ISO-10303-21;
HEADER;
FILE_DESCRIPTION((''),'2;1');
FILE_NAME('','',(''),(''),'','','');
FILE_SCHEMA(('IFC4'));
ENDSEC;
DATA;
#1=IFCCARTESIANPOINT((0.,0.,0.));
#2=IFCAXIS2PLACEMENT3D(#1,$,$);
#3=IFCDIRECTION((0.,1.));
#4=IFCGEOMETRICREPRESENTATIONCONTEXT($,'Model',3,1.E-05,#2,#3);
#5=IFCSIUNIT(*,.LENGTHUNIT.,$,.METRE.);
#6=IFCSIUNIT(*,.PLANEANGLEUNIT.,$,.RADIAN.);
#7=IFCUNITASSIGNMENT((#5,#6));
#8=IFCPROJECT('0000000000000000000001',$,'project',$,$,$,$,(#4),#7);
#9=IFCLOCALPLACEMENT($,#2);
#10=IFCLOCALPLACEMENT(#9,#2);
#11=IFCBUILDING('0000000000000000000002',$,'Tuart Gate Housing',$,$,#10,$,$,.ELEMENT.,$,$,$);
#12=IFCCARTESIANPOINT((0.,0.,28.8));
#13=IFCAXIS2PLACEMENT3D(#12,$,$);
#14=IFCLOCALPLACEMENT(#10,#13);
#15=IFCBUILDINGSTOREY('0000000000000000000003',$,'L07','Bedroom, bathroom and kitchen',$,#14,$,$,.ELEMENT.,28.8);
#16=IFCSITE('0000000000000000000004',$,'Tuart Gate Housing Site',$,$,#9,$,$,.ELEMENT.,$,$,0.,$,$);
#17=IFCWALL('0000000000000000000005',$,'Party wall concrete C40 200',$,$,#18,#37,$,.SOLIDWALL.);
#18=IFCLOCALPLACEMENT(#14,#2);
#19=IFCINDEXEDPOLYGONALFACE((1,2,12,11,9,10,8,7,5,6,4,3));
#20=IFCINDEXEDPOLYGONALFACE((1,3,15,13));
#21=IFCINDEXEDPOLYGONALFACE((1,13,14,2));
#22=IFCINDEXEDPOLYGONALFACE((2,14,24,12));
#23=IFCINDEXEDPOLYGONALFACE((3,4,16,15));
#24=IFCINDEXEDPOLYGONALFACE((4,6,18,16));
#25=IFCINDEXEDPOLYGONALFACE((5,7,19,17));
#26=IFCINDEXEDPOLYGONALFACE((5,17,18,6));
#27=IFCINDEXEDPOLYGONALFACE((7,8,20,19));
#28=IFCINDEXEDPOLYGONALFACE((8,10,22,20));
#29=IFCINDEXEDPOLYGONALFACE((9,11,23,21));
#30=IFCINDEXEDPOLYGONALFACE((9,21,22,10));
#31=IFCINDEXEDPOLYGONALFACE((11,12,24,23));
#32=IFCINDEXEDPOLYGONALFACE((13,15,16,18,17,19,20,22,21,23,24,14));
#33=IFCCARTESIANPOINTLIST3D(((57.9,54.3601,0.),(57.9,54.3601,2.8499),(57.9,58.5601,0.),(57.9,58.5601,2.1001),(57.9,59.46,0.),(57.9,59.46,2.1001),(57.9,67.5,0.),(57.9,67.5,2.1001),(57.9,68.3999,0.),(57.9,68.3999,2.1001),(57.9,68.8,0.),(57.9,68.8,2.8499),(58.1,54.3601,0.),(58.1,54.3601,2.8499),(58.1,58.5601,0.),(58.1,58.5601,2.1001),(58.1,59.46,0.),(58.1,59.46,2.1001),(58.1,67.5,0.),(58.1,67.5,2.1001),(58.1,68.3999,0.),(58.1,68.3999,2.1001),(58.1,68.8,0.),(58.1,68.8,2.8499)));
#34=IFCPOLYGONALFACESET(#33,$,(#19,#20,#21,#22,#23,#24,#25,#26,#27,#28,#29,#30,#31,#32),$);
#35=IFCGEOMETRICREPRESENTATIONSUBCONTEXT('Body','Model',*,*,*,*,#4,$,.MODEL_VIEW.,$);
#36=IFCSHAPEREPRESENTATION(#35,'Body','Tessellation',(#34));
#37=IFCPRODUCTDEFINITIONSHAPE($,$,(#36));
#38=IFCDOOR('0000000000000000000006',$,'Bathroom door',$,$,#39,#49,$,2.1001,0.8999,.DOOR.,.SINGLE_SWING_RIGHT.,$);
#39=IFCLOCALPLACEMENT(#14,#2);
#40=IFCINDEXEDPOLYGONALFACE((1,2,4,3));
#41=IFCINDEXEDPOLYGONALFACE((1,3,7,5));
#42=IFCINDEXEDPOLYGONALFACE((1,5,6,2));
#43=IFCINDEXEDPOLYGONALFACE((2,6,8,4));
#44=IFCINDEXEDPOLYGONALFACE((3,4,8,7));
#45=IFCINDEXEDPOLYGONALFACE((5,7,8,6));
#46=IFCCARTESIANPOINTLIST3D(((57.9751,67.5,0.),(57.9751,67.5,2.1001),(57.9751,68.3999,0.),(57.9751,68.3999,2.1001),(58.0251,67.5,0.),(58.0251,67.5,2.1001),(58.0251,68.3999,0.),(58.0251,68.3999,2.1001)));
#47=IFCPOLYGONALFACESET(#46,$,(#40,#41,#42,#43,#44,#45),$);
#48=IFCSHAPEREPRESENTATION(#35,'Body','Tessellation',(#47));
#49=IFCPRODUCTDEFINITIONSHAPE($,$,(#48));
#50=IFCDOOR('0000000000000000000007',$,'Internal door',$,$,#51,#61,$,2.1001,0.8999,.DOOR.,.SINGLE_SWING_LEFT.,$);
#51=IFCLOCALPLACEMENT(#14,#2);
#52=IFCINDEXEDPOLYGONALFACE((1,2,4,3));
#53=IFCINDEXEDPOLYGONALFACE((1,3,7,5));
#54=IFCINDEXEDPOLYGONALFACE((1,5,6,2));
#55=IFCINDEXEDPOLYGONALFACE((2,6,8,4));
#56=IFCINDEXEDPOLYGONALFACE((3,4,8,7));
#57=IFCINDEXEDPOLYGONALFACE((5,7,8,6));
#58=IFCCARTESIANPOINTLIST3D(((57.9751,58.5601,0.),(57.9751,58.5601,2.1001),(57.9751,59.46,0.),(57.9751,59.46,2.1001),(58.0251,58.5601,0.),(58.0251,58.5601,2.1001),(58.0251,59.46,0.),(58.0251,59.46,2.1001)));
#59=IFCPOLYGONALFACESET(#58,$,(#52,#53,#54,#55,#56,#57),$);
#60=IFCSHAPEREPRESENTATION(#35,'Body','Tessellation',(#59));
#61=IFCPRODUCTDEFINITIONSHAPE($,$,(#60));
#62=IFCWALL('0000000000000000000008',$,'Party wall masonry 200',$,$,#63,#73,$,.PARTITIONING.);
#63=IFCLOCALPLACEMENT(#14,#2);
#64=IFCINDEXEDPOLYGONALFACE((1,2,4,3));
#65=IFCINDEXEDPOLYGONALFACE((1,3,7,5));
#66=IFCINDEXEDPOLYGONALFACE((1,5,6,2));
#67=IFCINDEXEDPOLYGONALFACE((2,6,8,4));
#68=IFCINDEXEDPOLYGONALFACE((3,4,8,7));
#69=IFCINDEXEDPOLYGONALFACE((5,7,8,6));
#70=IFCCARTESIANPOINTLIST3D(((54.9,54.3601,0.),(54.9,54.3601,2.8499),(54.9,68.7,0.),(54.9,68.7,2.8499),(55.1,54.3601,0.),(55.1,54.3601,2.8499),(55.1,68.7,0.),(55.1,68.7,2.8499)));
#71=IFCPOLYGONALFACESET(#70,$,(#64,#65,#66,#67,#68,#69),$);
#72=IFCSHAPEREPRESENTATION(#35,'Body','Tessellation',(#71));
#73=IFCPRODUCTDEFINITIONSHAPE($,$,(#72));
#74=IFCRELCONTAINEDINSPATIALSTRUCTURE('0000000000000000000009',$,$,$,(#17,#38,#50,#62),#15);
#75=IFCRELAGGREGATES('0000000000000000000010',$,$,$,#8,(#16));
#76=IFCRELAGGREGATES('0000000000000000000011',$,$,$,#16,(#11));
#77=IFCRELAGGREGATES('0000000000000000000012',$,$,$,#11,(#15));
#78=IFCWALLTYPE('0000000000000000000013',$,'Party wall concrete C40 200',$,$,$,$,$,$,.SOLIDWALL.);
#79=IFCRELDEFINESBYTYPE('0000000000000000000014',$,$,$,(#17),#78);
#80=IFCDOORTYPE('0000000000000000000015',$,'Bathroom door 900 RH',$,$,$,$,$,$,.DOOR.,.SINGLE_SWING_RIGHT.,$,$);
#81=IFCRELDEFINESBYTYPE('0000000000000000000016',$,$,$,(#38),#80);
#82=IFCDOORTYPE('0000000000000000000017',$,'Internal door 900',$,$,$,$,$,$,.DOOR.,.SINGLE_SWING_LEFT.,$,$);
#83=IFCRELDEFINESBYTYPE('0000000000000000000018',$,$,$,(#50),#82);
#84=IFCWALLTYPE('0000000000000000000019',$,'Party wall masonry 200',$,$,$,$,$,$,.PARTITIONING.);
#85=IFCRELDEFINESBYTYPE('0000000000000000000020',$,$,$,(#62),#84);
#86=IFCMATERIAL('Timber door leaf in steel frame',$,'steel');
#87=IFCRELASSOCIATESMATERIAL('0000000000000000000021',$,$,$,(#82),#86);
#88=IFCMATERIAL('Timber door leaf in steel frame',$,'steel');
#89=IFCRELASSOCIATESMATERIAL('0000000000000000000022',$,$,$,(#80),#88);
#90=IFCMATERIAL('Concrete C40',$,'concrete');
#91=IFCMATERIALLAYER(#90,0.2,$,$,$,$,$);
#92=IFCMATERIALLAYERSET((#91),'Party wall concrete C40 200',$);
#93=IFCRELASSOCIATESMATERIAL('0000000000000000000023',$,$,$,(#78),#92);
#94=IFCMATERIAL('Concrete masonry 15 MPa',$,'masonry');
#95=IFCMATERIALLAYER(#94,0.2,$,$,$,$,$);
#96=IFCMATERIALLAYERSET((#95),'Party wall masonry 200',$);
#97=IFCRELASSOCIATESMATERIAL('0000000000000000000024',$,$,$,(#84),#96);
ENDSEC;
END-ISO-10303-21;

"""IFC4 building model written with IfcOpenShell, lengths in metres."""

from ifc_helpers import new_model, si_unit, direction, frame, frame_2d, origin, place, context, subcontext, project, spatial, rectangle, extrude, material, layer, layer_set, type_object, element, fill, save


model = new_model("IFC4")

# Units and contexts
model_context = context("Model", 3, precision=1e-05, world=origin(), true_north=direction((0.0, 1.0)))
body_context = subcontext(model_context, "Body", "Model", "MODEL_VIEW")
ifc_project = project(units=[si_unit("LENGTHUNIT", "METRE"), si_unit("PLANEANGLEUNIT", "RADIAN")], contexts=[model_context])

# Site, building, storey
site_placement = place(None, origin())
site = spatial("IfcSite", under=ifc_project, at=site_placement, Name="Tuart Gate Housing Site", CompositionType="ELEMENT", RefElevation=0.0)
building_placement = place(site_placement, origin())
building = spatial("IfcBuilding", under=site, at=building_placement, Name="Tuart Gate Housing", CompositionType="ELEMENT")
storey_placement = place(building_placement, frame((0.0, 0.0, 28.8)))
storey = spatial("IfcBuildingStorey", under=building, at=storey_placement, Name="L07", Description="Bedroom, bathroom and kitchen", CompositionType="ELEMENT", Elevation=28.8)

# Shared definitions
ifc_material_1 = material(Name="Timber door leaf in steel frame", Category="steel")
door_type_1 = type_object("IfcDoorType", Name="Internal door 900", OperationType="SINGLE_SWING_LEFT", PredefinedType="DOOR", material=ifc_material_1)

# Shared definitions
ifc_material_2 = material(Name="Timber door leaf in steel frame", Category="steel")
door_type_2 = type_object("IfcDoorType", Name="Bathroom door 900 RH", OperationType="SINGLE_SWING_RIGHT", PredefinedType="DOOR", material=ifc_material_2)

# Shared definitions
ifc_material_3 = material(Name="Concrete C40", Category="concrete")
ifc_layer_1 = layer(ifc_material_3, 0.2)
ifc_layer_set_1 = layer_set([ifc_layer_1], Name="Party wall concrete C40 200")
wall_type_1 = type_object("IfcWallType", Name="Party wall concrete C40 200", PredefinedType="SOLIDWALL", material=ifc_layer_set_1)

# Wall, openings, doors
wall_1_placement = place(storey_placement, frame((58.0, 54.3601, 0.0), z_axis=(0.0, 0.0, 1.0), x_axis=(0.0, 1.0, 0.0)))
wall_1 = element("IfcWall", 1, at=wall_1_placement, inside=storey, type_object=wall_type_1, Name="Party wall concrete C40 200", PredefinedType="SOLIDWALL", context=body_context, shape_type="SweptSolid", body=[
    extrude(rectangle(XDim=14.4399, YDim=0.2, at=frame_2d((7.22, 0.0))), origin(), (0.0, 0.0, 1.0), 2.8499),
])
opening_1_placement = place(wall_1_placement, frame((4.2, 0.0, 0.0)))
opening_1 = element("IfcOpeningElement", 2, at=opening_1_placement, cuts=wall_1, PredefinedType="OPENING", context=body_context, shape_type="SweptSolid", body=[
    extrude(rectangle(XDim=0.8999, YDim=2.1001, at=frame_2d((0.45, 1.05))), frame((0.0, 0.1099, 0.0), z_axis=(0.0, -1.0, 0.0), x_axis=(1.0, 0.0, 0.0)), (0.0, 0.0, 1.0), 0.22),
])
opening_2_placement = place(wall_1_placement, frame((13.1399, 0.0, 0.0)))
opening_2 = element("IfcOpeningElement", 3, at=opening_2_placement, cuts=wall_1, PredefinedType="OPENING", context=body_context, shape_type="SweptSolid", body=[
    extrude(rectangle(XDim=0.8999, YDim=2.1001, at=frame_2d((0.45, 1.05))), frame((0.0, 0.1099, 0.0), z_axis=(0.0, -1.0, 0.0), x_axis=(1.0, 0.0, 0.0)), (0.0, 0.0, 1.0), 0.22),
])
door_1_placement = place(opening_2_placement, origin())
door_1 = element("IfcDoor", 4, at=door_1_placement, inside=storey, type_object=door_type_2, Name="Bathroom door", OperationType="SINGLE_SWING_RIGHT", OverallHeight=2.1001, OverallWidth=0.8999, PredefinedType="DOOR", context=body_context, shape_type="SweptSolid", body=[
    extrude(rectangle(XDim=0.8999, YDim=2.1001, at=frame_2d((0.45, 1.05))), frame((0.0, 0.0249, 0.0), z_axis=(0.0, -1.0, 0.0), x_axis=(1.0, 0.0, 0.0)), (0.0, 0.0, 1.0), 0.05),
])
fill(opening_2, door_1)
door_2_placement = place(opening_1_placement, origin())
door_2 = element("IfcDoor", 5, at=door_2_placement, inside=storey, type_object=door_type_1, Name="Internal door", OperationType="SINGLE_SWING_LEFT", OverallHeight=2.1001, OverallWidth=0.8999, PredefinedType="DOOR", context=body_context, shape_type="SweptSolid", body=[
    extrude(rectangle(XDim=0.8999, YDim=2.1001, at=frame_2d((0.45, 1.05))), frame((0.0, 0.0249, 0.0), z_axis=(0.0, -1.0, 0.0), x_axis=(1.0, 0.0, 0.0)), (0.0, 0.0, 1.0), 0.05),
])
fill(opening_1, door_2)

# Wall
ifc_material_4 = material(Name="Concrete masonry 15 MPa", Category="masonry")
ifc_layer_2 = layer(ifc_material_4, 0.2)
ifc_layer_set_2 = layer_set([ifc_layer_2], Name="Party wall masonry 200")
wall_type_2 = type_object("IfcWallType", Name="Party wall masonry 200", PredefinedType="PARTITIONING", material=ifc_layer_set_2)
wall_2_placement = place(storey_placement, frame((55.0, 54.3601, 0.0), z_axis=(0.0, 0.0, 1.0), x_axis=(0.0, 1.0, 0.0)))
element("IfcWall", 6, at=wall_2_placement, inside=storey, type_object=wall_type_2, Name="Party wall masonry 200", PredefinedType="PARTITIONING", context=body_context, shape_type="SweptSolid", body=[
    extrude(rectangle(XDim=14.3398, YDim=0.2, at=frame_2d((7.1699, 0.0))), origin(), (0.0, 0.0, 1.0), 2.8499),
])

save(model, "model.ifc")
